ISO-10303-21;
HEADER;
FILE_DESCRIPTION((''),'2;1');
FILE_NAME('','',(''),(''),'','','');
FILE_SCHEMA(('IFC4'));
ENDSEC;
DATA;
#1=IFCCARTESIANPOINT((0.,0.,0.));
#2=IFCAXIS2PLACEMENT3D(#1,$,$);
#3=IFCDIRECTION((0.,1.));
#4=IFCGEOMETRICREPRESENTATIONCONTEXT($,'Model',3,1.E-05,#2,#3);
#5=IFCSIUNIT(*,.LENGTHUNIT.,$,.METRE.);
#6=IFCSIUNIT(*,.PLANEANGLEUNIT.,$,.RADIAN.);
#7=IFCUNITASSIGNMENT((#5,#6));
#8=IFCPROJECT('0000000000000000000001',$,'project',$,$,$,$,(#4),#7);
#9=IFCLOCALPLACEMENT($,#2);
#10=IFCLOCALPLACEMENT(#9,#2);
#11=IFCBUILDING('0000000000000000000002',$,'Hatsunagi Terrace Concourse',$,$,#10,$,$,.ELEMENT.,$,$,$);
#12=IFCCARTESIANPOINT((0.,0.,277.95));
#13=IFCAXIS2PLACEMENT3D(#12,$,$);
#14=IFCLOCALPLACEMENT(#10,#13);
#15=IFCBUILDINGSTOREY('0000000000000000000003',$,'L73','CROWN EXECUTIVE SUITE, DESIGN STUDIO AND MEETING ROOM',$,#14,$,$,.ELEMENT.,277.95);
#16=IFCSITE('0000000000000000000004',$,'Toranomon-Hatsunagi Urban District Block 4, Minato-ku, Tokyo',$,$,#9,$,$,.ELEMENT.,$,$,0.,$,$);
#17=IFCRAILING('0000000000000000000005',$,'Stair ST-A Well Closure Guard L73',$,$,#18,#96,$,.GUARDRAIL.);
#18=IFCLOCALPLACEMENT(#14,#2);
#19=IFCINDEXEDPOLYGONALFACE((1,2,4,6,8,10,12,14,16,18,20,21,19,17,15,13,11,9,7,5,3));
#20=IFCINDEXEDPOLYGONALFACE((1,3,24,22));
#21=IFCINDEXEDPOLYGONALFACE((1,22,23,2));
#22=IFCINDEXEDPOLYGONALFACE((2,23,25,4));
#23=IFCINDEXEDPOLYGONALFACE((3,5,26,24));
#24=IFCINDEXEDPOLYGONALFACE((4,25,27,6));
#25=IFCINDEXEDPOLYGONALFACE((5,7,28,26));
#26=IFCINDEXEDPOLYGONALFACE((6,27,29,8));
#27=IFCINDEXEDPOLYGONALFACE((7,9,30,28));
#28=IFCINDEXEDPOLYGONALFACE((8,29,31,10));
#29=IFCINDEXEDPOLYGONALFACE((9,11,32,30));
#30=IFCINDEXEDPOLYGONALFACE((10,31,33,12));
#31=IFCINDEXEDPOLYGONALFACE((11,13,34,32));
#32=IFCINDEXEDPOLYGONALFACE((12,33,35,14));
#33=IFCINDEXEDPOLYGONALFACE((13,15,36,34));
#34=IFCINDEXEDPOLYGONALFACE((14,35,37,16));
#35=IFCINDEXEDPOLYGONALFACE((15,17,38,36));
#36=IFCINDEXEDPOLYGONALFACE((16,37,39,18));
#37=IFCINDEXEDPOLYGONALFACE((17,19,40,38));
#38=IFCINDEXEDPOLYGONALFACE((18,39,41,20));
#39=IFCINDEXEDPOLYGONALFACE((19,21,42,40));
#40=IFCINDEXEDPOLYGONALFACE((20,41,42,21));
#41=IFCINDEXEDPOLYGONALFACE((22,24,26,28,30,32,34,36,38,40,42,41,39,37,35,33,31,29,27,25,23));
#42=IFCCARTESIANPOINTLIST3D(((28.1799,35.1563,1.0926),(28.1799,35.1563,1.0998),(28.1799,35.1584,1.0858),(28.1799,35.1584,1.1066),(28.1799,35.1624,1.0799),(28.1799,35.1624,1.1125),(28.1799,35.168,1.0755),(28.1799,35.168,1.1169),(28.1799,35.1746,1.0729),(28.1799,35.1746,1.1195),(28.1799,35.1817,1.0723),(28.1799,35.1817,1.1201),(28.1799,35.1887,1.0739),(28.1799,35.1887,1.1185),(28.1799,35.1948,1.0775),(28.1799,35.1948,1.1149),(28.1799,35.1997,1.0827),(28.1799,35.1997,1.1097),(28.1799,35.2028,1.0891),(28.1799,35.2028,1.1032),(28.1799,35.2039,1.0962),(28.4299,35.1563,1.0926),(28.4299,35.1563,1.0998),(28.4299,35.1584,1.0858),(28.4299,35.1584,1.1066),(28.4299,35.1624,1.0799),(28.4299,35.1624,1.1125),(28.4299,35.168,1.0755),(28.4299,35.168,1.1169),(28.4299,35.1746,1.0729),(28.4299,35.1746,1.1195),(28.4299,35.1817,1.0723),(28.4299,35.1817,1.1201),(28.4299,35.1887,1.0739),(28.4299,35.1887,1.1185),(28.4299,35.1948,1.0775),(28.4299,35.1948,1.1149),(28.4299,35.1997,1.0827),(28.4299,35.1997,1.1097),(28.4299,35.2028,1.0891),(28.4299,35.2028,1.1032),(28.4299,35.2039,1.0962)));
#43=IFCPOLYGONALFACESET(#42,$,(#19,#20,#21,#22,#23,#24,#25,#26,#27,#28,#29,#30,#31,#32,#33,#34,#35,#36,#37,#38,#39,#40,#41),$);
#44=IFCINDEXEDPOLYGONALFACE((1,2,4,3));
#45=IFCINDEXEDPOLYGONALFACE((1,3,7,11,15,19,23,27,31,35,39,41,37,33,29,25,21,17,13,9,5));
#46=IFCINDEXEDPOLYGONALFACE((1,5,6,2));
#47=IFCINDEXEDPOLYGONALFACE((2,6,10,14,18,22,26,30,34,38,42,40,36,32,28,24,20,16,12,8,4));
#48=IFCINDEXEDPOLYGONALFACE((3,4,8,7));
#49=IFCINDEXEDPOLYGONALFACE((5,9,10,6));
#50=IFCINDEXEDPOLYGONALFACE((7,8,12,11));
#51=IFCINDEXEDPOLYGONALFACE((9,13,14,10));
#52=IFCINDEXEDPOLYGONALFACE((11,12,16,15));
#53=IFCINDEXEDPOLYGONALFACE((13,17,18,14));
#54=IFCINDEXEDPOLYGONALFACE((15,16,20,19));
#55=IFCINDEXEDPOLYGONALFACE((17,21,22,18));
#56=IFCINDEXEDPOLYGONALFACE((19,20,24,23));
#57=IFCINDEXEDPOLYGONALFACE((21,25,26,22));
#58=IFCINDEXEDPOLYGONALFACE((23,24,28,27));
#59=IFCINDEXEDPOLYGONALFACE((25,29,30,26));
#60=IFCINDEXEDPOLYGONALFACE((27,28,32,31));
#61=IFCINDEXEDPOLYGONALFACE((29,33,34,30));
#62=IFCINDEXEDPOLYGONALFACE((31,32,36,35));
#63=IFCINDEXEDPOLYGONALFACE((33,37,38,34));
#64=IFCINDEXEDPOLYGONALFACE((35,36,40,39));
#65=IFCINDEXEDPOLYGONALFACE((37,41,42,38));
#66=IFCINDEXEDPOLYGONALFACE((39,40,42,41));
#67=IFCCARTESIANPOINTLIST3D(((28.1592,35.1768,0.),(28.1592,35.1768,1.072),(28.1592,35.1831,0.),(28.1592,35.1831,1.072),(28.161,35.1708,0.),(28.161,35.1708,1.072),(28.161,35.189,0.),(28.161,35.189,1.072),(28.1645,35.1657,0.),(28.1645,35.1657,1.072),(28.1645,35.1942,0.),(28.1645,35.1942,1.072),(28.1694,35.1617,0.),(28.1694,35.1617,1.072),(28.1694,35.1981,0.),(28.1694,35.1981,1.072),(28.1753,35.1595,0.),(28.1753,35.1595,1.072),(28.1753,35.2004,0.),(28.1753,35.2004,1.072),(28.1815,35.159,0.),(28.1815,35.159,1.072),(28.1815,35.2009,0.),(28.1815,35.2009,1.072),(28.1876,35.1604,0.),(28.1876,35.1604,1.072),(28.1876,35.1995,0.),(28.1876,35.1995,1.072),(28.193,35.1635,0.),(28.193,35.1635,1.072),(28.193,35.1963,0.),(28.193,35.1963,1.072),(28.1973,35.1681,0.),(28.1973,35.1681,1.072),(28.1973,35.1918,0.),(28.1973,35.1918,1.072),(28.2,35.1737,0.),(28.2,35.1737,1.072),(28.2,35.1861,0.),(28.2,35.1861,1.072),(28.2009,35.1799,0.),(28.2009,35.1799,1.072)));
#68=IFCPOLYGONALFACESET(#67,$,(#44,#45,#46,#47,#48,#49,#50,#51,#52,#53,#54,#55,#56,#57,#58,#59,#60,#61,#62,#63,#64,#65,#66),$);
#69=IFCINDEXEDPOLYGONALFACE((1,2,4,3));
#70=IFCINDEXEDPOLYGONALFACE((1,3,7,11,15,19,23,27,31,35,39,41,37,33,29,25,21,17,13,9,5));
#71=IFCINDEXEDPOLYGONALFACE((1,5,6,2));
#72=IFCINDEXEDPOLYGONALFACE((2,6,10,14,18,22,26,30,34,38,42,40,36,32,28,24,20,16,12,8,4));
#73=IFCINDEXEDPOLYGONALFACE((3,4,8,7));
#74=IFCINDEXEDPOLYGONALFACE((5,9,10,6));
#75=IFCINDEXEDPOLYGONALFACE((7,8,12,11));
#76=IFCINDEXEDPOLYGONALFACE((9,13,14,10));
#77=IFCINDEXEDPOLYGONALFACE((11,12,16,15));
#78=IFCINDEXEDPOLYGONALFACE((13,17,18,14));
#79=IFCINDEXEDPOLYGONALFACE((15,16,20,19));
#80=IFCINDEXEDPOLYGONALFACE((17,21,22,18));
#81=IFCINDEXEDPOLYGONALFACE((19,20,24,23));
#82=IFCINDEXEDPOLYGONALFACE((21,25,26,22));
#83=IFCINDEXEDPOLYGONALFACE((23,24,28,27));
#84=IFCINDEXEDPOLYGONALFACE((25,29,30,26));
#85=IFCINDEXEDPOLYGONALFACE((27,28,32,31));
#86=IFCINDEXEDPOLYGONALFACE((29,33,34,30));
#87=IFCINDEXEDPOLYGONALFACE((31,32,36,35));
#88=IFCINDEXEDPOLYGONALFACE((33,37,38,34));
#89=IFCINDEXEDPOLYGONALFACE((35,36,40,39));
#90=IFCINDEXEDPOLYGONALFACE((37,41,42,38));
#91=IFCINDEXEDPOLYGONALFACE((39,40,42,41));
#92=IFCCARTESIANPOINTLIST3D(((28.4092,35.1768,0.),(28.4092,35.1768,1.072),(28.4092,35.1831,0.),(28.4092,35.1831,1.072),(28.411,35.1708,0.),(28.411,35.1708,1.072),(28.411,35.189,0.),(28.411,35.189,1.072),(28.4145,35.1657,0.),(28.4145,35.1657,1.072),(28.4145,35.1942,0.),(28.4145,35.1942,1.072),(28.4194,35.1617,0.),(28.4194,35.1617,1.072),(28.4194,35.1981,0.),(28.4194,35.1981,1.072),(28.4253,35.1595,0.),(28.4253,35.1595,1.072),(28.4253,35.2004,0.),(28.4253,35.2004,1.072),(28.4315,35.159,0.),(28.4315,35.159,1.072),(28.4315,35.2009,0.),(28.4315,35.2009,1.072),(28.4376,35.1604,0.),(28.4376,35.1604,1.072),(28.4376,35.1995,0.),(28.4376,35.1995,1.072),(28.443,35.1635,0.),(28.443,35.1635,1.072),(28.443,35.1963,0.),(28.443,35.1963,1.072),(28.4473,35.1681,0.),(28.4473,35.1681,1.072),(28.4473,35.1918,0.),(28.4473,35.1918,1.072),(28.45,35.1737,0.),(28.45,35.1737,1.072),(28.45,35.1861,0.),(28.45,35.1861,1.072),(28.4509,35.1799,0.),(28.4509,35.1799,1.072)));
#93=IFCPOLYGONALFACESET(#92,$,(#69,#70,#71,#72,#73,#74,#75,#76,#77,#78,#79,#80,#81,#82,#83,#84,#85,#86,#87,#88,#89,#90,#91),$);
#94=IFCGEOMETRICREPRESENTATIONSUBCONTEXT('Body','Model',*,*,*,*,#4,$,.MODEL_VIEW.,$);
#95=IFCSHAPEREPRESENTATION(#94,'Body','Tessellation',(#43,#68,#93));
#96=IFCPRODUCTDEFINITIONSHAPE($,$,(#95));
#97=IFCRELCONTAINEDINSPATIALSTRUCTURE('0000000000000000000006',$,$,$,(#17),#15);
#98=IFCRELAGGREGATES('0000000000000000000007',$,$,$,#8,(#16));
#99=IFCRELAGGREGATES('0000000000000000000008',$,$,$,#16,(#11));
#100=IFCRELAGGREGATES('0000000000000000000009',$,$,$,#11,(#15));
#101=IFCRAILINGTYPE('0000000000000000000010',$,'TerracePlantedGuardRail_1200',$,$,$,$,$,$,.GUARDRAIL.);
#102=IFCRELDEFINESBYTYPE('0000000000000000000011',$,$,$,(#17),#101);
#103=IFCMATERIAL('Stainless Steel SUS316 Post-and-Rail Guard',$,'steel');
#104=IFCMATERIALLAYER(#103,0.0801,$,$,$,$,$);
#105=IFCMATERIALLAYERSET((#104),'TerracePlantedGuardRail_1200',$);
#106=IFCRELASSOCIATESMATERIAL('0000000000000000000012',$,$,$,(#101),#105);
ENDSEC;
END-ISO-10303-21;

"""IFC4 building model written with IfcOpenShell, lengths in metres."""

from ifc_helpers import new_model, si_unit, direction, frame, origin, origin_2d, place, context, subcontext, project, spatial, circle, extrude, material, layer, layer_set, type_object, element, save


model = new_model("IFC4")

# Units and contexts
model_context = context("Model", 3, precision=1e-05, world=origin(), true_north=direction((0.0, 1.0)))
body_context = subcontext(model_context, "Body", "Model", "MODEL_VIEW")
ifc_project = project(units=[si_unit("LENGTHUNIT", "METRE"), si_unit("PLANEANGLEUNIT", "RADIAN")], contexts=[model_context])

# Site, building, storey
site_placement = place(None, origin())
site = spatial("IfcSite", under=ifc_project, at=site_placement, Name="Toranomon-Hatsunagi Urban District Block 4, Minato-ku, Tokyo", CompositionType="ELEMENT", RefElevation=0.0)
building_placement = place(site_placement, origin())
building = spatial("IfcBuilding", under=site, at=building_placement, Name="Hatsunagi Terrace Concourse", CompositionType="ELEMENT")
storey_placement = place(building_placement, frame((0.0, 0.0, 277.95)))
storey = spatial("IfcBuildingStorey", under=building, at=storey_placement, Name="L73", Description="CROWN EXECUTIVE SUITE, DESIGN STUDIO AND MEETING ROOM", CompositionType="ELEMENT", Elevation=277.95)

# Railing
ifc_material_1 = material(Name="Stainless Steel SUS316 Post-and-Rail Guard", Category="steel")
ifc_layer_1 = layer(ifc_material_1, 0.0801)
ifc_layer_set_1 = layer_set([ifc_layer_1], Name="TerracePlantedGuardRail_1200")
railing_type_1 = type_object("IfcRailingType", Name="TerracePlantedGuardRail_1200", PredefinedType="GUARDRAIL", material=ifc_layer_set_1)
railing_1_placement = place(storey_placement, frame((28.1799, 35.1799, 0.0)))
element("IfcRailing", 1, at=railing_1_placement, inside=storey, type_object=railing_type_1, Name="Stair ST-A Well Closure Guard L73", PredefinedType="GUARDRAIL", context=body_context, shape_type="SweptSolid", body=[
    extrude(circle(Radius=0.0239, at=origin_2d()), frame((0.0, 0.0, 1.0962), z_axis=(1.0, 0.0, 0.0), x_axis=(0.0, 1.0, 0.0)), (0.0, 0.0, 1.0), 0.25),
    extrude(circle(Radius=0.021, at=origin_2d()), origin(), (0.0, 0.0, 1.0), 1.072),
    extrude(circle(Radius=0.021, at=origin_2d()), frame((0.25, 0.0, 0.0)), (0.0, 0.0, 1.0), 1.072),
])

save(model, "model.ifc")
